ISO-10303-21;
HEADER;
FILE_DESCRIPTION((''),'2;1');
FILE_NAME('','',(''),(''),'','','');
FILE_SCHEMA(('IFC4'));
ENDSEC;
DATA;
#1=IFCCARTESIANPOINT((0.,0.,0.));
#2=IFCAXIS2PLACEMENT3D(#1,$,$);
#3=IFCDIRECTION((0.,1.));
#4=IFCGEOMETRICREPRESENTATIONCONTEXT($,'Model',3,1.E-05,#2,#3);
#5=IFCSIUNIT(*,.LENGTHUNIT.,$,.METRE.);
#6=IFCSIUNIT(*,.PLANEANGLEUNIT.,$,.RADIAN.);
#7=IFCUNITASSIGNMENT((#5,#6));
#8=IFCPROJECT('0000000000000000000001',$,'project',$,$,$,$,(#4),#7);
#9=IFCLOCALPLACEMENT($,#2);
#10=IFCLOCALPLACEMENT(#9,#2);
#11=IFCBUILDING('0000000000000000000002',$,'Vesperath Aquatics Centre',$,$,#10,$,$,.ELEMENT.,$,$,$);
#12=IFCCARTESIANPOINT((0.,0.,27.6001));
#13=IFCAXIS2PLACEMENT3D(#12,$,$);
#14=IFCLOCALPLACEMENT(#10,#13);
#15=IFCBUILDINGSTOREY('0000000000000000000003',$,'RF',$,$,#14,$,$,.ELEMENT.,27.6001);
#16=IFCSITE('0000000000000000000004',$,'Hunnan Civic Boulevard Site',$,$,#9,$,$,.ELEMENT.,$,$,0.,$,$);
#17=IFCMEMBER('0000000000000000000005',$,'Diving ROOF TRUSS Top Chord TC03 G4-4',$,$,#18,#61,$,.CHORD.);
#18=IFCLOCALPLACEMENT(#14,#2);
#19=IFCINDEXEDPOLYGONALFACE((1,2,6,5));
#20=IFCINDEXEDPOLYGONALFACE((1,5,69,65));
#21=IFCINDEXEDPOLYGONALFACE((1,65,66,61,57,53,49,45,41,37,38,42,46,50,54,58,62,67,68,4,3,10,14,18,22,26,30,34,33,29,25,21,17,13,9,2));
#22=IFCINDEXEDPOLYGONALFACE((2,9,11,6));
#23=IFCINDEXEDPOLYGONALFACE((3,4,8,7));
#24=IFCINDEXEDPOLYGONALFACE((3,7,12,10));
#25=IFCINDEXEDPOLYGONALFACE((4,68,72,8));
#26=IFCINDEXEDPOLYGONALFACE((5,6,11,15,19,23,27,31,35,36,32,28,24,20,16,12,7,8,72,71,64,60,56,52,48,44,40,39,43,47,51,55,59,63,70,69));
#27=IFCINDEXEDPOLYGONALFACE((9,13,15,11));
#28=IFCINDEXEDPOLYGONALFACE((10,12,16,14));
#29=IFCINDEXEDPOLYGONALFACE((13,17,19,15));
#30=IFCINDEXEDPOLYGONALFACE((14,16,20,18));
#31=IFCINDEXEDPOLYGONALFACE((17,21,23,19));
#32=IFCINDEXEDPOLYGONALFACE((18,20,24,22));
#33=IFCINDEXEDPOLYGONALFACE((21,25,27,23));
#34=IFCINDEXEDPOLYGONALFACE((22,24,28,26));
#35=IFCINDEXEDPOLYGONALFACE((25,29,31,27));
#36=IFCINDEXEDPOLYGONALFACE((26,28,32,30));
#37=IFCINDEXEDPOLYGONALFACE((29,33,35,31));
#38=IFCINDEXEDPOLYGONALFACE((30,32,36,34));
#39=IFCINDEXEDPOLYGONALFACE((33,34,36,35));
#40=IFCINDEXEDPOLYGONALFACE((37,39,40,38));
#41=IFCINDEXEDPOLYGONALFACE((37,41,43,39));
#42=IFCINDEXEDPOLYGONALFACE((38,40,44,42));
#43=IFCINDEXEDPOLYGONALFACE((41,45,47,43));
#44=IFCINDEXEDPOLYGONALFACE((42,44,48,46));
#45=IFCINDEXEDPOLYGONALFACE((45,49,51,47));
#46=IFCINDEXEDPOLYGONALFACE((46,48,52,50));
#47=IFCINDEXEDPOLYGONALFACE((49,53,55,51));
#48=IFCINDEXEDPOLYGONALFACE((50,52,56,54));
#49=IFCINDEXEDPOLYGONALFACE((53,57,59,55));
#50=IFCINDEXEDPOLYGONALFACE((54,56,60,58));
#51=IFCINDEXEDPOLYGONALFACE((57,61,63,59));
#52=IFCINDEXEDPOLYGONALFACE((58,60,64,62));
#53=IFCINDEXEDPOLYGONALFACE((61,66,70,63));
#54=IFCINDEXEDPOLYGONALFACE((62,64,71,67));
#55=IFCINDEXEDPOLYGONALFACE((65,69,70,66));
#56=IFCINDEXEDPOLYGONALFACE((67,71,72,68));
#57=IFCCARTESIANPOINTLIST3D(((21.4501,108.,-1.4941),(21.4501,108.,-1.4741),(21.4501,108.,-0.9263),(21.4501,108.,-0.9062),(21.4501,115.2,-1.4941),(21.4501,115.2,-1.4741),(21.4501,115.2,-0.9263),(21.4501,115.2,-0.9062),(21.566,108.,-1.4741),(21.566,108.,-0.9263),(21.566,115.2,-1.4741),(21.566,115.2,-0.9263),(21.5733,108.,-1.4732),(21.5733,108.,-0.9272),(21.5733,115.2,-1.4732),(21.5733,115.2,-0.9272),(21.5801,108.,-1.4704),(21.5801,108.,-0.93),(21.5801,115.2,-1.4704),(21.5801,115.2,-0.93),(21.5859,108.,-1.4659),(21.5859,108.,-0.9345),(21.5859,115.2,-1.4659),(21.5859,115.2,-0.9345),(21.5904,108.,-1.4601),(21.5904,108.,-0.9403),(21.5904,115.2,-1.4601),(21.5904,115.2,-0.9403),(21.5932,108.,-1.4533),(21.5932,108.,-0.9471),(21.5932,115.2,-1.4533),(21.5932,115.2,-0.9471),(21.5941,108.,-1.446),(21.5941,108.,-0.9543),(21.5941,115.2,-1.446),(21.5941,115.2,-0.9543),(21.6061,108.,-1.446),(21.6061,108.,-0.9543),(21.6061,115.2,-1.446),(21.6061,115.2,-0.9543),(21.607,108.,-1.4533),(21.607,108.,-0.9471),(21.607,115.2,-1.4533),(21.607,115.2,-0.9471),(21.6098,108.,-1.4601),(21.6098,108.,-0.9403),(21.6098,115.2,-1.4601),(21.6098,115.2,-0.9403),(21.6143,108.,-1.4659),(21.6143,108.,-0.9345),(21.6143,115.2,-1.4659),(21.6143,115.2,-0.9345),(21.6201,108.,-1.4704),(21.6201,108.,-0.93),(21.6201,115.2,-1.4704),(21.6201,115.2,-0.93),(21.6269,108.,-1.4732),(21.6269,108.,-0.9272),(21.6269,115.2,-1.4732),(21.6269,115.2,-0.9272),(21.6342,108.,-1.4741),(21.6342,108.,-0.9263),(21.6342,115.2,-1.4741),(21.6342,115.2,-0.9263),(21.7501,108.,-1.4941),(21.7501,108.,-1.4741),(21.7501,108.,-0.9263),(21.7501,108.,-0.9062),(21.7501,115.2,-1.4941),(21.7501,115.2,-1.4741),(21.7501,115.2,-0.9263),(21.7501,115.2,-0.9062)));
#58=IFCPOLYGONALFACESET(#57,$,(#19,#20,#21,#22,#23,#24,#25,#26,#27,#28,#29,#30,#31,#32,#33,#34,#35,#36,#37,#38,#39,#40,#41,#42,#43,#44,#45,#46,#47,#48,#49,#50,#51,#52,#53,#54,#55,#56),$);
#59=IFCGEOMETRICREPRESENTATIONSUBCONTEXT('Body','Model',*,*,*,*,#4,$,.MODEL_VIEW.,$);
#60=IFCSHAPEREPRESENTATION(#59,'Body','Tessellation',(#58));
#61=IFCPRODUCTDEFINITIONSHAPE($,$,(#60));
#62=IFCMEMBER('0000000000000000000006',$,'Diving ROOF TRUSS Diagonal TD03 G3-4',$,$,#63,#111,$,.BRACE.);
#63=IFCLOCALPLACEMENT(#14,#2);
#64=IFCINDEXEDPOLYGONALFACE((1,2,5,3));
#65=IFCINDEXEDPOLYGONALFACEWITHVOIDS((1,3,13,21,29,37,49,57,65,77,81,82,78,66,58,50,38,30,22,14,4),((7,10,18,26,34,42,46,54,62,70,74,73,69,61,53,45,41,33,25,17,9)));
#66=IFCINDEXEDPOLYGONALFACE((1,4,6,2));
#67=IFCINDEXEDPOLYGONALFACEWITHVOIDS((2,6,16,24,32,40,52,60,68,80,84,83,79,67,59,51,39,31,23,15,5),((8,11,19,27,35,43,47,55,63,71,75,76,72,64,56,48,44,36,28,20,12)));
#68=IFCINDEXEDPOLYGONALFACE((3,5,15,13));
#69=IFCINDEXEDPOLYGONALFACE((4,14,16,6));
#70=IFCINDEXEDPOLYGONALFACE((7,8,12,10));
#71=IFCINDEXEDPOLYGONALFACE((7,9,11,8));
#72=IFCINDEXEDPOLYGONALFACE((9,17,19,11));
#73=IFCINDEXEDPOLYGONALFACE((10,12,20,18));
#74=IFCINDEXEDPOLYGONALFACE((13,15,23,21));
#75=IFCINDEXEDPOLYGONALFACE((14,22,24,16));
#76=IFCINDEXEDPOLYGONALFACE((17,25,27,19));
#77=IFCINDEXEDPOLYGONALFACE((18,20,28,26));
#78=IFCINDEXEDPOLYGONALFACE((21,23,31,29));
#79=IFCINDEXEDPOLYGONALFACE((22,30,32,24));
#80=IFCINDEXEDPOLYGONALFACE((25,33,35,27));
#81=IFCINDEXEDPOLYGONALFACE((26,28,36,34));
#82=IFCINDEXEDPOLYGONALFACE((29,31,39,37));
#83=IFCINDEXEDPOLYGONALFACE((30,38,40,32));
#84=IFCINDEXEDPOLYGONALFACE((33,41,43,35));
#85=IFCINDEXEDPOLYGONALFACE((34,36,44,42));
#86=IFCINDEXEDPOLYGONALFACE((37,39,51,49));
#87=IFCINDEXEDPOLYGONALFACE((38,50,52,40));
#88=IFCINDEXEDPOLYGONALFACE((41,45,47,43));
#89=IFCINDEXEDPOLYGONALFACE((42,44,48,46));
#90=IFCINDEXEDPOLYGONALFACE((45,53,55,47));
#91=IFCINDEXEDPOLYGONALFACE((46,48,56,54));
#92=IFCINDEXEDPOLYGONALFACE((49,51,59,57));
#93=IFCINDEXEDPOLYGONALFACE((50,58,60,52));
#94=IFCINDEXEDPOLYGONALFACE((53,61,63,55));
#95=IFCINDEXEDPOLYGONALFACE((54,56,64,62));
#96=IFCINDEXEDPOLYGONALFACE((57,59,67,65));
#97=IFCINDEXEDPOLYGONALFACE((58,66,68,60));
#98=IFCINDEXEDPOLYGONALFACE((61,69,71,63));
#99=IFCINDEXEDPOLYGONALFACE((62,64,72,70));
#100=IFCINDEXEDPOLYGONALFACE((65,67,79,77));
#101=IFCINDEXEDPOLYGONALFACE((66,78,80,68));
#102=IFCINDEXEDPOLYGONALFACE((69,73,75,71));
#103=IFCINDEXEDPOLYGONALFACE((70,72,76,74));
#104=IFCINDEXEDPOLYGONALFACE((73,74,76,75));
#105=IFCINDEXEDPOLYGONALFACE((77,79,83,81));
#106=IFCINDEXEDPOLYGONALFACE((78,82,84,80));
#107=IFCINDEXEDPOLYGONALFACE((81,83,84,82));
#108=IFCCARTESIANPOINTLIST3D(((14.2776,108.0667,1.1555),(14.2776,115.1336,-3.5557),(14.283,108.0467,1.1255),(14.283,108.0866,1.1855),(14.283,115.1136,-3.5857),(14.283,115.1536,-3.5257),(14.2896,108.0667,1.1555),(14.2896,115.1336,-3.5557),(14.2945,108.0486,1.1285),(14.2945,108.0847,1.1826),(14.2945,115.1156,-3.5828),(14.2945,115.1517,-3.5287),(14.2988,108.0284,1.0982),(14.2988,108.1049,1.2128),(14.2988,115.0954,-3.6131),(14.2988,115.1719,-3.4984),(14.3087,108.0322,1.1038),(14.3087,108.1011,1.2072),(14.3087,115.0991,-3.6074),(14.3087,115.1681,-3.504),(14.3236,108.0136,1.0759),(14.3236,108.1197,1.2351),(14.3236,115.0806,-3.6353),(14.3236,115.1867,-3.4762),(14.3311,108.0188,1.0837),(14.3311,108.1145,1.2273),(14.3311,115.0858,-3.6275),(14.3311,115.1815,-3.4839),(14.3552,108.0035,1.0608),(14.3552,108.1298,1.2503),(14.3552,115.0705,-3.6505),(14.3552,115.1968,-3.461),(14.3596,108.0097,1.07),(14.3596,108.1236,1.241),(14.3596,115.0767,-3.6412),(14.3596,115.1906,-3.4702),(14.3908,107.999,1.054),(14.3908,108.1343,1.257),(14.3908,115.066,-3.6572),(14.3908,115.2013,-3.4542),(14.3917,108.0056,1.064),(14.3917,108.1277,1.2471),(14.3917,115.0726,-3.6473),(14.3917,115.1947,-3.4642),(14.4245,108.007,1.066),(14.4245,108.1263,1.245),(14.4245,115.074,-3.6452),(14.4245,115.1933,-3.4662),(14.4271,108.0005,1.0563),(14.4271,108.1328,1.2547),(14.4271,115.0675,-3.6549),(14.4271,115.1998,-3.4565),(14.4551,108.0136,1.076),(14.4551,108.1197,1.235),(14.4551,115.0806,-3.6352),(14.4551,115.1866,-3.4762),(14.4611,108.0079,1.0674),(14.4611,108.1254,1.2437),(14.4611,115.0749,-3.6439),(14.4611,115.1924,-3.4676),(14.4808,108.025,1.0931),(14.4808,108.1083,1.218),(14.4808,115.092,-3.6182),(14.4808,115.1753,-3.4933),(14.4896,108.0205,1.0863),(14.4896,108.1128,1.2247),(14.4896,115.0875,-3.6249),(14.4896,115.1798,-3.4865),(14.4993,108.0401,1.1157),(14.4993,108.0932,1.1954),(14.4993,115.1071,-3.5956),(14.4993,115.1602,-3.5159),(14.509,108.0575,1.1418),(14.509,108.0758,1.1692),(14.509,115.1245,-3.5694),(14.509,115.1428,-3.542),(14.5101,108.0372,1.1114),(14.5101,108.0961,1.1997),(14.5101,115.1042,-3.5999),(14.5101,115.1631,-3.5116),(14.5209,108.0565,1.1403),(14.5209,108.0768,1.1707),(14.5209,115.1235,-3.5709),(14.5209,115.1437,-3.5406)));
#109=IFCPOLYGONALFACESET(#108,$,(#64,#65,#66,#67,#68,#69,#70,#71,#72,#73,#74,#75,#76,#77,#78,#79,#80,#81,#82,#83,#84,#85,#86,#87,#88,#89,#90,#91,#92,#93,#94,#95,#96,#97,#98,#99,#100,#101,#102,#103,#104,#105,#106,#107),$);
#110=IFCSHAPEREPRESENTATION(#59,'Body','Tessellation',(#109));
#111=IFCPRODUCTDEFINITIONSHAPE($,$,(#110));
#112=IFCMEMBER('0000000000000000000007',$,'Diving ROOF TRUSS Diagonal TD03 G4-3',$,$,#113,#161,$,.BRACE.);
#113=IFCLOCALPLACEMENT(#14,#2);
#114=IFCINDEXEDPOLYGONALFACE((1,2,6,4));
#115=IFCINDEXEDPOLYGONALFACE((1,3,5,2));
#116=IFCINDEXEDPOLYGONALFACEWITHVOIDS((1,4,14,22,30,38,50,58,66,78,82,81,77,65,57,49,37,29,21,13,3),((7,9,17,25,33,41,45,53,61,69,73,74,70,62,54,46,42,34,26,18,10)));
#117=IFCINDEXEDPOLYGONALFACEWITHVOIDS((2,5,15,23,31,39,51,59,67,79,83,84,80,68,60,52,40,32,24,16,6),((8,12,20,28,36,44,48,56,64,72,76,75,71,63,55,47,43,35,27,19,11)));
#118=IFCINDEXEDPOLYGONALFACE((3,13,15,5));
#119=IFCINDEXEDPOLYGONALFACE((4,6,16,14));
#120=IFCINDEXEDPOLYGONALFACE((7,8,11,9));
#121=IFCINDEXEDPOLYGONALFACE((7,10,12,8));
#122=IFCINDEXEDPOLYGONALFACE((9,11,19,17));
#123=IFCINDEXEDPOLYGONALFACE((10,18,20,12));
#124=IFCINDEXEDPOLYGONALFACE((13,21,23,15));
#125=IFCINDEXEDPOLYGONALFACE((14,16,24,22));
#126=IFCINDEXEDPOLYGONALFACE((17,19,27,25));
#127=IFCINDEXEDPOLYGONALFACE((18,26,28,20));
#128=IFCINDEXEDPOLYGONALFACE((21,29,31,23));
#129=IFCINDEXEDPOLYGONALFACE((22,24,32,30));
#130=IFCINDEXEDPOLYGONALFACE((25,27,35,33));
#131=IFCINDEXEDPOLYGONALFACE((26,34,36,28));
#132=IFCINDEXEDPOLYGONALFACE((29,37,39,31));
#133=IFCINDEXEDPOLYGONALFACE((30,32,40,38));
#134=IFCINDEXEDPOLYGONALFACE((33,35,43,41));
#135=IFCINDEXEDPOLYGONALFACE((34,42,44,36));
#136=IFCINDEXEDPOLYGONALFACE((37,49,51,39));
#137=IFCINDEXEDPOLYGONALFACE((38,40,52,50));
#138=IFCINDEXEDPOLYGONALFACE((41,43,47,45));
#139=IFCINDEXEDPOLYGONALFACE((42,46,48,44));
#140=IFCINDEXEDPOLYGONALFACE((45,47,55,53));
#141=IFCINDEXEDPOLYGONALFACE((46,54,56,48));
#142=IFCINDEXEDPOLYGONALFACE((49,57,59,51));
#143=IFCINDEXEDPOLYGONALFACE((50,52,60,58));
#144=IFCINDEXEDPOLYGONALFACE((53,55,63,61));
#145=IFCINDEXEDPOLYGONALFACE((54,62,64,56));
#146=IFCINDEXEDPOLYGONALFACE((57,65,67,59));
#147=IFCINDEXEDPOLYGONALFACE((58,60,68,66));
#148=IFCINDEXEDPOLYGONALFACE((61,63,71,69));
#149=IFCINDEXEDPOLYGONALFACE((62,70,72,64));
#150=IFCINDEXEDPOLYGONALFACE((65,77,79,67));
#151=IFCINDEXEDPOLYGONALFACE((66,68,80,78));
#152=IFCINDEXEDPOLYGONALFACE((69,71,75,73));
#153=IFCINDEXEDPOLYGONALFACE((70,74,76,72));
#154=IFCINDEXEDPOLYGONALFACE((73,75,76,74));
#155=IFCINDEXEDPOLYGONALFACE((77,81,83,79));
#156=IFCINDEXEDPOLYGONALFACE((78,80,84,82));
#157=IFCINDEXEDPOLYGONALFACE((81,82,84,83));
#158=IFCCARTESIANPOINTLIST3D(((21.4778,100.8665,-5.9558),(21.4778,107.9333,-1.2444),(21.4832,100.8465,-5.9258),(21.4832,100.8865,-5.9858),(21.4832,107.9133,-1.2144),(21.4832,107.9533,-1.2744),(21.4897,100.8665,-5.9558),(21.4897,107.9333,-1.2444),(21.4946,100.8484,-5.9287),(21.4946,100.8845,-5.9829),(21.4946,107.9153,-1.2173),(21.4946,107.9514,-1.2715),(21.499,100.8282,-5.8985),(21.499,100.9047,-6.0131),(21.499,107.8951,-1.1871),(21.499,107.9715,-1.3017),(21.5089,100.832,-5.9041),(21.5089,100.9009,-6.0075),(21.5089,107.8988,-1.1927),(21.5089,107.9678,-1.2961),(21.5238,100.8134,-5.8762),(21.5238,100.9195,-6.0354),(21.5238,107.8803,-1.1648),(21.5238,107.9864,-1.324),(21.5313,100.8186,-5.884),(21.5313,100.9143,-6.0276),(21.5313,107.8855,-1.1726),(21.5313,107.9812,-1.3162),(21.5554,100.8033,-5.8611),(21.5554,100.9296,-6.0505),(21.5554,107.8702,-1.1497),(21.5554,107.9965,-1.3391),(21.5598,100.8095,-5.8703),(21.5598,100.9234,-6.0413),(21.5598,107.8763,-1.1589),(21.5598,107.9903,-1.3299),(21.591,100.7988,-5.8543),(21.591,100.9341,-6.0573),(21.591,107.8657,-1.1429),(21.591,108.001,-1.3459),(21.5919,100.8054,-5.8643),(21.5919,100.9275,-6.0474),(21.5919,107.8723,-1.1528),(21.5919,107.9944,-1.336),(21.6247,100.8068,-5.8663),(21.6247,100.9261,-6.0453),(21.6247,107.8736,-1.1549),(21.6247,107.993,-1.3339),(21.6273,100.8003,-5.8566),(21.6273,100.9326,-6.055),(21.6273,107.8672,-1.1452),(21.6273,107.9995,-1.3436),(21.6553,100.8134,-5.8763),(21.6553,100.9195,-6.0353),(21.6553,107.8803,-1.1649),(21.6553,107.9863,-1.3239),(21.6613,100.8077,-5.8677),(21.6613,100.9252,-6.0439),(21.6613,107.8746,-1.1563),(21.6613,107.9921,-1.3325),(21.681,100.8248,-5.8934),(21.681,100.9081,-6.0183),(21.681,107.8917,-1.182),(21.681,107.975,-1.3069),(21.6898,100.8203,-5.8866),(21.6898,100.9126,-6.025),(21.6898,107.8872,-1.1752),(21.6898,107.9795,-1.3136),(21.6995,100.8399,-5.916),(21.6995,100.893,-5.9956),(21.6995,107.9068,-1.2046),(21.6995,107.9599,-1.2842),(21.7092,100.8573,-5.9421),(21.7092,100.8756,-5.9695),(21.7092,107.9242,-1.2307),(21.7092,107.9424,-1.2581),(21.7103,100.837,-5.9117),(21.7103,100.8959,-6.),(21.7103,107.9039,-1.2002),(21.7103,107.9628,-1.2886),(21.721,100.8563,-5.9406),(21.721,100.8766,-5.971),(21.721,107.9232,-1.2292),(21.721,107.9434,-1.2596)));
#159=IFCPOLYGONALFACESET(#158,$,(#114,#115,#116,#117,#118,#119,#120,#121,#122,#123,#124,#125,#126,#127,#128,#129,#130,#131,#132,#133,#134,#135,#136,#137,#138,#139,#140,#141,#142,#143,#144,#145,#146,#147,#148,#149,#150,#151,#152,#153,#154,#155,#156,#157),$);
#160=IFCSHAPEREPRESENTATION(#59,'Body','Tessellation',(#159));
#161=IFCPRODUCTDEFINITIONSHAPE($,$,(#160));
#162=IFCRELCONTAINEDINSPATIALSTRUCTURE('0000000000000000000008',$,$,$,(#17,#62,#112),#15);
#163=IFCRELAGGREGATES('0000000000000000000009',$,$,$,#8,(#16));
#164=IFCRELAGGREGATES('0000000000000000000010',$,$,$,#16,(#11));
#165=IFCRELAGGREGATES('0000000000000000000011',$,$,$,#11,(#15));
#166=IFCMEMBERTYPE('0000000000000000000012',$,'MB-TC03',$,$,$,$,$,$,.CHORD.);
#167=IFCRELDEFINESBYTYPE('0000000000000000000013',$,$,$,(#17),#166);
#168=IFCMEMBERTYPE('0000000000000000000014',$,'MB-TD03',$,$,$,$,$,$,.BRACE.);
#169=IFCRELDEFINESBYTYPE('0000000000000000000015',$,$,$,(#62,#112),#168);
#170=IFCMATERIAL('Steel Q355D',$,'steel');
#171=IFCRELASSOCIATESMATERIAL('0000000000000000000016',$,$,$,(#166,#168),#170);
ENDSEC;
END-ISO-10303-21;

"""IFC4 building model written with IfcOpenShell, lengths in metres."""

from ifc_helpers import new_model, si_unit, direction, frame, origin, origin_2d, place, context, subcontext, project, spatial, hollow_circle, i_section, extrude, material, material_profile, profile_set, type_object, element, save


model = new_model("IFC4")

# Units and contexts
model_context = context("Model", 3, precision=1e-05, world=origin(), true_north=direction((0.0, 1.0)))
body_context = subcontext(model_context, "Body", "Model", "MODEL_VIEW")
ifc_project = project(units=[si_unit("LENGTHUNIT", "METRE"), si_unit("PLANEANGLEUNIT", "RADIAN")], contexts=[model_context])

# Site, building, storey
site_placement = place(None, origin())
site = spatial("IfcSite", under=ifc_project, at=site_placement, Name="Hunnan Civic Boulevard Site", CompositionType="ELEMENT", RefElevation=0.0)
building_placement = place(site_placement, origin())
building = spatial("IfcBuilding", under=site, at=building_placement, Name="Vesperath Aquatics Centre", CompositionType="ELEMENT")
storey_placement = place(building_placement, frame((0.0, 0.0, 27.6001)))
storey = spatial("IfcBuildingStorey", under=building, at=storey_placement, Name="RF", CompositionType="ELEMENT", Elevation=27.6001)

# Members
ifc_material_1 = material(Name="Steel Q355D", Category="steel")
ifc_material_profile_1 = material_profile(ifc_material_1, i_section(OverallWidth=0.3, OverallDepth=0.5879, WebThickness=0.012, FlangeThickness=0.02, FilletRadius=0.0281, at=origin_2d()), Name="HM 588x300x12x20")
ifc_profile_set_1 = profile_set([ifc_material_profile_1], Name="Steel Q355D")
member_type_1 = type_object("IfcMemberType", Name="MB-TC03", PredefinedType="CHORD", material=ifc_profile_set_1)
member_1_placement = place(storey_placement, frame((21.6001, 108.0, -1.2002), z_axis=(0.0, 1.0, 0.0), x_axis=(-1.0, 0.0, 0.0)))
element("IfcMember", 1, at=member_1_placement, inside=storey, type_object=member_type_1, Name="Diving ROOF TRUSS Top Chord TC03 G4-4", PredefinedType="CHORD", context=body_context, shape_type="SweptSolid", body=[
    extrude(i_section(OverallWidth=0.3, OverallDepth=0.5879, WebThickness=0.012, FlangeThickness=0.02, FilletRadius=0.0281, at=origin_2d()), origin(), (0.0, 0.0, 1.0), 7.2),
])
ifc_material_profile_2 = material_profile(ifc_material_1, hollow_circle(Radius=0.1223, WallThickness=0.012, at=origin_2d()), Name="CHS 244.5x12")
ifc_profile_set_2 = profile_set([ifc_material_profile_2], Name="Steel Q355D")
member_type_2 = type_object("IfcMemberType", Name="MB-TD03", PredefinedType="BRACE", material=ifc_profile_set_2)
for number, where, z_axis, x_axis, name in (
    (2, (14.3999, 108.0667, 1.1555), (0.0, 0.832055, -0.554694), (-1.0, 0.0, 0.0), "Diving ROOF TRUSS Diagonal TD03 G3-4"),
    (3, (21.6001, 100.8665, -5.9558), (0.0, 0.832041, 0.554713), (-1.0, 0.0, 0.0), "Diving ROOF TRUSS Diagonal TD03 G4-3"),
):
    element("IfcMember", number, at=place(storey_placement, frame(where, z_axis=z_axis, x_axis=x_axis)), inside=storey, type_object=member_type_2, Name=name, PredefinedType="BRACE", context=body_context, shape_type="SweptSolid", body=[
        extrude(hollow_circle(Radius=0.1223, WallThickness=0.012, at=origin_2d()), origin(), (0.0, 0.0, 1.0), 8.4934),
    ])

save(model, "model.ifc")
